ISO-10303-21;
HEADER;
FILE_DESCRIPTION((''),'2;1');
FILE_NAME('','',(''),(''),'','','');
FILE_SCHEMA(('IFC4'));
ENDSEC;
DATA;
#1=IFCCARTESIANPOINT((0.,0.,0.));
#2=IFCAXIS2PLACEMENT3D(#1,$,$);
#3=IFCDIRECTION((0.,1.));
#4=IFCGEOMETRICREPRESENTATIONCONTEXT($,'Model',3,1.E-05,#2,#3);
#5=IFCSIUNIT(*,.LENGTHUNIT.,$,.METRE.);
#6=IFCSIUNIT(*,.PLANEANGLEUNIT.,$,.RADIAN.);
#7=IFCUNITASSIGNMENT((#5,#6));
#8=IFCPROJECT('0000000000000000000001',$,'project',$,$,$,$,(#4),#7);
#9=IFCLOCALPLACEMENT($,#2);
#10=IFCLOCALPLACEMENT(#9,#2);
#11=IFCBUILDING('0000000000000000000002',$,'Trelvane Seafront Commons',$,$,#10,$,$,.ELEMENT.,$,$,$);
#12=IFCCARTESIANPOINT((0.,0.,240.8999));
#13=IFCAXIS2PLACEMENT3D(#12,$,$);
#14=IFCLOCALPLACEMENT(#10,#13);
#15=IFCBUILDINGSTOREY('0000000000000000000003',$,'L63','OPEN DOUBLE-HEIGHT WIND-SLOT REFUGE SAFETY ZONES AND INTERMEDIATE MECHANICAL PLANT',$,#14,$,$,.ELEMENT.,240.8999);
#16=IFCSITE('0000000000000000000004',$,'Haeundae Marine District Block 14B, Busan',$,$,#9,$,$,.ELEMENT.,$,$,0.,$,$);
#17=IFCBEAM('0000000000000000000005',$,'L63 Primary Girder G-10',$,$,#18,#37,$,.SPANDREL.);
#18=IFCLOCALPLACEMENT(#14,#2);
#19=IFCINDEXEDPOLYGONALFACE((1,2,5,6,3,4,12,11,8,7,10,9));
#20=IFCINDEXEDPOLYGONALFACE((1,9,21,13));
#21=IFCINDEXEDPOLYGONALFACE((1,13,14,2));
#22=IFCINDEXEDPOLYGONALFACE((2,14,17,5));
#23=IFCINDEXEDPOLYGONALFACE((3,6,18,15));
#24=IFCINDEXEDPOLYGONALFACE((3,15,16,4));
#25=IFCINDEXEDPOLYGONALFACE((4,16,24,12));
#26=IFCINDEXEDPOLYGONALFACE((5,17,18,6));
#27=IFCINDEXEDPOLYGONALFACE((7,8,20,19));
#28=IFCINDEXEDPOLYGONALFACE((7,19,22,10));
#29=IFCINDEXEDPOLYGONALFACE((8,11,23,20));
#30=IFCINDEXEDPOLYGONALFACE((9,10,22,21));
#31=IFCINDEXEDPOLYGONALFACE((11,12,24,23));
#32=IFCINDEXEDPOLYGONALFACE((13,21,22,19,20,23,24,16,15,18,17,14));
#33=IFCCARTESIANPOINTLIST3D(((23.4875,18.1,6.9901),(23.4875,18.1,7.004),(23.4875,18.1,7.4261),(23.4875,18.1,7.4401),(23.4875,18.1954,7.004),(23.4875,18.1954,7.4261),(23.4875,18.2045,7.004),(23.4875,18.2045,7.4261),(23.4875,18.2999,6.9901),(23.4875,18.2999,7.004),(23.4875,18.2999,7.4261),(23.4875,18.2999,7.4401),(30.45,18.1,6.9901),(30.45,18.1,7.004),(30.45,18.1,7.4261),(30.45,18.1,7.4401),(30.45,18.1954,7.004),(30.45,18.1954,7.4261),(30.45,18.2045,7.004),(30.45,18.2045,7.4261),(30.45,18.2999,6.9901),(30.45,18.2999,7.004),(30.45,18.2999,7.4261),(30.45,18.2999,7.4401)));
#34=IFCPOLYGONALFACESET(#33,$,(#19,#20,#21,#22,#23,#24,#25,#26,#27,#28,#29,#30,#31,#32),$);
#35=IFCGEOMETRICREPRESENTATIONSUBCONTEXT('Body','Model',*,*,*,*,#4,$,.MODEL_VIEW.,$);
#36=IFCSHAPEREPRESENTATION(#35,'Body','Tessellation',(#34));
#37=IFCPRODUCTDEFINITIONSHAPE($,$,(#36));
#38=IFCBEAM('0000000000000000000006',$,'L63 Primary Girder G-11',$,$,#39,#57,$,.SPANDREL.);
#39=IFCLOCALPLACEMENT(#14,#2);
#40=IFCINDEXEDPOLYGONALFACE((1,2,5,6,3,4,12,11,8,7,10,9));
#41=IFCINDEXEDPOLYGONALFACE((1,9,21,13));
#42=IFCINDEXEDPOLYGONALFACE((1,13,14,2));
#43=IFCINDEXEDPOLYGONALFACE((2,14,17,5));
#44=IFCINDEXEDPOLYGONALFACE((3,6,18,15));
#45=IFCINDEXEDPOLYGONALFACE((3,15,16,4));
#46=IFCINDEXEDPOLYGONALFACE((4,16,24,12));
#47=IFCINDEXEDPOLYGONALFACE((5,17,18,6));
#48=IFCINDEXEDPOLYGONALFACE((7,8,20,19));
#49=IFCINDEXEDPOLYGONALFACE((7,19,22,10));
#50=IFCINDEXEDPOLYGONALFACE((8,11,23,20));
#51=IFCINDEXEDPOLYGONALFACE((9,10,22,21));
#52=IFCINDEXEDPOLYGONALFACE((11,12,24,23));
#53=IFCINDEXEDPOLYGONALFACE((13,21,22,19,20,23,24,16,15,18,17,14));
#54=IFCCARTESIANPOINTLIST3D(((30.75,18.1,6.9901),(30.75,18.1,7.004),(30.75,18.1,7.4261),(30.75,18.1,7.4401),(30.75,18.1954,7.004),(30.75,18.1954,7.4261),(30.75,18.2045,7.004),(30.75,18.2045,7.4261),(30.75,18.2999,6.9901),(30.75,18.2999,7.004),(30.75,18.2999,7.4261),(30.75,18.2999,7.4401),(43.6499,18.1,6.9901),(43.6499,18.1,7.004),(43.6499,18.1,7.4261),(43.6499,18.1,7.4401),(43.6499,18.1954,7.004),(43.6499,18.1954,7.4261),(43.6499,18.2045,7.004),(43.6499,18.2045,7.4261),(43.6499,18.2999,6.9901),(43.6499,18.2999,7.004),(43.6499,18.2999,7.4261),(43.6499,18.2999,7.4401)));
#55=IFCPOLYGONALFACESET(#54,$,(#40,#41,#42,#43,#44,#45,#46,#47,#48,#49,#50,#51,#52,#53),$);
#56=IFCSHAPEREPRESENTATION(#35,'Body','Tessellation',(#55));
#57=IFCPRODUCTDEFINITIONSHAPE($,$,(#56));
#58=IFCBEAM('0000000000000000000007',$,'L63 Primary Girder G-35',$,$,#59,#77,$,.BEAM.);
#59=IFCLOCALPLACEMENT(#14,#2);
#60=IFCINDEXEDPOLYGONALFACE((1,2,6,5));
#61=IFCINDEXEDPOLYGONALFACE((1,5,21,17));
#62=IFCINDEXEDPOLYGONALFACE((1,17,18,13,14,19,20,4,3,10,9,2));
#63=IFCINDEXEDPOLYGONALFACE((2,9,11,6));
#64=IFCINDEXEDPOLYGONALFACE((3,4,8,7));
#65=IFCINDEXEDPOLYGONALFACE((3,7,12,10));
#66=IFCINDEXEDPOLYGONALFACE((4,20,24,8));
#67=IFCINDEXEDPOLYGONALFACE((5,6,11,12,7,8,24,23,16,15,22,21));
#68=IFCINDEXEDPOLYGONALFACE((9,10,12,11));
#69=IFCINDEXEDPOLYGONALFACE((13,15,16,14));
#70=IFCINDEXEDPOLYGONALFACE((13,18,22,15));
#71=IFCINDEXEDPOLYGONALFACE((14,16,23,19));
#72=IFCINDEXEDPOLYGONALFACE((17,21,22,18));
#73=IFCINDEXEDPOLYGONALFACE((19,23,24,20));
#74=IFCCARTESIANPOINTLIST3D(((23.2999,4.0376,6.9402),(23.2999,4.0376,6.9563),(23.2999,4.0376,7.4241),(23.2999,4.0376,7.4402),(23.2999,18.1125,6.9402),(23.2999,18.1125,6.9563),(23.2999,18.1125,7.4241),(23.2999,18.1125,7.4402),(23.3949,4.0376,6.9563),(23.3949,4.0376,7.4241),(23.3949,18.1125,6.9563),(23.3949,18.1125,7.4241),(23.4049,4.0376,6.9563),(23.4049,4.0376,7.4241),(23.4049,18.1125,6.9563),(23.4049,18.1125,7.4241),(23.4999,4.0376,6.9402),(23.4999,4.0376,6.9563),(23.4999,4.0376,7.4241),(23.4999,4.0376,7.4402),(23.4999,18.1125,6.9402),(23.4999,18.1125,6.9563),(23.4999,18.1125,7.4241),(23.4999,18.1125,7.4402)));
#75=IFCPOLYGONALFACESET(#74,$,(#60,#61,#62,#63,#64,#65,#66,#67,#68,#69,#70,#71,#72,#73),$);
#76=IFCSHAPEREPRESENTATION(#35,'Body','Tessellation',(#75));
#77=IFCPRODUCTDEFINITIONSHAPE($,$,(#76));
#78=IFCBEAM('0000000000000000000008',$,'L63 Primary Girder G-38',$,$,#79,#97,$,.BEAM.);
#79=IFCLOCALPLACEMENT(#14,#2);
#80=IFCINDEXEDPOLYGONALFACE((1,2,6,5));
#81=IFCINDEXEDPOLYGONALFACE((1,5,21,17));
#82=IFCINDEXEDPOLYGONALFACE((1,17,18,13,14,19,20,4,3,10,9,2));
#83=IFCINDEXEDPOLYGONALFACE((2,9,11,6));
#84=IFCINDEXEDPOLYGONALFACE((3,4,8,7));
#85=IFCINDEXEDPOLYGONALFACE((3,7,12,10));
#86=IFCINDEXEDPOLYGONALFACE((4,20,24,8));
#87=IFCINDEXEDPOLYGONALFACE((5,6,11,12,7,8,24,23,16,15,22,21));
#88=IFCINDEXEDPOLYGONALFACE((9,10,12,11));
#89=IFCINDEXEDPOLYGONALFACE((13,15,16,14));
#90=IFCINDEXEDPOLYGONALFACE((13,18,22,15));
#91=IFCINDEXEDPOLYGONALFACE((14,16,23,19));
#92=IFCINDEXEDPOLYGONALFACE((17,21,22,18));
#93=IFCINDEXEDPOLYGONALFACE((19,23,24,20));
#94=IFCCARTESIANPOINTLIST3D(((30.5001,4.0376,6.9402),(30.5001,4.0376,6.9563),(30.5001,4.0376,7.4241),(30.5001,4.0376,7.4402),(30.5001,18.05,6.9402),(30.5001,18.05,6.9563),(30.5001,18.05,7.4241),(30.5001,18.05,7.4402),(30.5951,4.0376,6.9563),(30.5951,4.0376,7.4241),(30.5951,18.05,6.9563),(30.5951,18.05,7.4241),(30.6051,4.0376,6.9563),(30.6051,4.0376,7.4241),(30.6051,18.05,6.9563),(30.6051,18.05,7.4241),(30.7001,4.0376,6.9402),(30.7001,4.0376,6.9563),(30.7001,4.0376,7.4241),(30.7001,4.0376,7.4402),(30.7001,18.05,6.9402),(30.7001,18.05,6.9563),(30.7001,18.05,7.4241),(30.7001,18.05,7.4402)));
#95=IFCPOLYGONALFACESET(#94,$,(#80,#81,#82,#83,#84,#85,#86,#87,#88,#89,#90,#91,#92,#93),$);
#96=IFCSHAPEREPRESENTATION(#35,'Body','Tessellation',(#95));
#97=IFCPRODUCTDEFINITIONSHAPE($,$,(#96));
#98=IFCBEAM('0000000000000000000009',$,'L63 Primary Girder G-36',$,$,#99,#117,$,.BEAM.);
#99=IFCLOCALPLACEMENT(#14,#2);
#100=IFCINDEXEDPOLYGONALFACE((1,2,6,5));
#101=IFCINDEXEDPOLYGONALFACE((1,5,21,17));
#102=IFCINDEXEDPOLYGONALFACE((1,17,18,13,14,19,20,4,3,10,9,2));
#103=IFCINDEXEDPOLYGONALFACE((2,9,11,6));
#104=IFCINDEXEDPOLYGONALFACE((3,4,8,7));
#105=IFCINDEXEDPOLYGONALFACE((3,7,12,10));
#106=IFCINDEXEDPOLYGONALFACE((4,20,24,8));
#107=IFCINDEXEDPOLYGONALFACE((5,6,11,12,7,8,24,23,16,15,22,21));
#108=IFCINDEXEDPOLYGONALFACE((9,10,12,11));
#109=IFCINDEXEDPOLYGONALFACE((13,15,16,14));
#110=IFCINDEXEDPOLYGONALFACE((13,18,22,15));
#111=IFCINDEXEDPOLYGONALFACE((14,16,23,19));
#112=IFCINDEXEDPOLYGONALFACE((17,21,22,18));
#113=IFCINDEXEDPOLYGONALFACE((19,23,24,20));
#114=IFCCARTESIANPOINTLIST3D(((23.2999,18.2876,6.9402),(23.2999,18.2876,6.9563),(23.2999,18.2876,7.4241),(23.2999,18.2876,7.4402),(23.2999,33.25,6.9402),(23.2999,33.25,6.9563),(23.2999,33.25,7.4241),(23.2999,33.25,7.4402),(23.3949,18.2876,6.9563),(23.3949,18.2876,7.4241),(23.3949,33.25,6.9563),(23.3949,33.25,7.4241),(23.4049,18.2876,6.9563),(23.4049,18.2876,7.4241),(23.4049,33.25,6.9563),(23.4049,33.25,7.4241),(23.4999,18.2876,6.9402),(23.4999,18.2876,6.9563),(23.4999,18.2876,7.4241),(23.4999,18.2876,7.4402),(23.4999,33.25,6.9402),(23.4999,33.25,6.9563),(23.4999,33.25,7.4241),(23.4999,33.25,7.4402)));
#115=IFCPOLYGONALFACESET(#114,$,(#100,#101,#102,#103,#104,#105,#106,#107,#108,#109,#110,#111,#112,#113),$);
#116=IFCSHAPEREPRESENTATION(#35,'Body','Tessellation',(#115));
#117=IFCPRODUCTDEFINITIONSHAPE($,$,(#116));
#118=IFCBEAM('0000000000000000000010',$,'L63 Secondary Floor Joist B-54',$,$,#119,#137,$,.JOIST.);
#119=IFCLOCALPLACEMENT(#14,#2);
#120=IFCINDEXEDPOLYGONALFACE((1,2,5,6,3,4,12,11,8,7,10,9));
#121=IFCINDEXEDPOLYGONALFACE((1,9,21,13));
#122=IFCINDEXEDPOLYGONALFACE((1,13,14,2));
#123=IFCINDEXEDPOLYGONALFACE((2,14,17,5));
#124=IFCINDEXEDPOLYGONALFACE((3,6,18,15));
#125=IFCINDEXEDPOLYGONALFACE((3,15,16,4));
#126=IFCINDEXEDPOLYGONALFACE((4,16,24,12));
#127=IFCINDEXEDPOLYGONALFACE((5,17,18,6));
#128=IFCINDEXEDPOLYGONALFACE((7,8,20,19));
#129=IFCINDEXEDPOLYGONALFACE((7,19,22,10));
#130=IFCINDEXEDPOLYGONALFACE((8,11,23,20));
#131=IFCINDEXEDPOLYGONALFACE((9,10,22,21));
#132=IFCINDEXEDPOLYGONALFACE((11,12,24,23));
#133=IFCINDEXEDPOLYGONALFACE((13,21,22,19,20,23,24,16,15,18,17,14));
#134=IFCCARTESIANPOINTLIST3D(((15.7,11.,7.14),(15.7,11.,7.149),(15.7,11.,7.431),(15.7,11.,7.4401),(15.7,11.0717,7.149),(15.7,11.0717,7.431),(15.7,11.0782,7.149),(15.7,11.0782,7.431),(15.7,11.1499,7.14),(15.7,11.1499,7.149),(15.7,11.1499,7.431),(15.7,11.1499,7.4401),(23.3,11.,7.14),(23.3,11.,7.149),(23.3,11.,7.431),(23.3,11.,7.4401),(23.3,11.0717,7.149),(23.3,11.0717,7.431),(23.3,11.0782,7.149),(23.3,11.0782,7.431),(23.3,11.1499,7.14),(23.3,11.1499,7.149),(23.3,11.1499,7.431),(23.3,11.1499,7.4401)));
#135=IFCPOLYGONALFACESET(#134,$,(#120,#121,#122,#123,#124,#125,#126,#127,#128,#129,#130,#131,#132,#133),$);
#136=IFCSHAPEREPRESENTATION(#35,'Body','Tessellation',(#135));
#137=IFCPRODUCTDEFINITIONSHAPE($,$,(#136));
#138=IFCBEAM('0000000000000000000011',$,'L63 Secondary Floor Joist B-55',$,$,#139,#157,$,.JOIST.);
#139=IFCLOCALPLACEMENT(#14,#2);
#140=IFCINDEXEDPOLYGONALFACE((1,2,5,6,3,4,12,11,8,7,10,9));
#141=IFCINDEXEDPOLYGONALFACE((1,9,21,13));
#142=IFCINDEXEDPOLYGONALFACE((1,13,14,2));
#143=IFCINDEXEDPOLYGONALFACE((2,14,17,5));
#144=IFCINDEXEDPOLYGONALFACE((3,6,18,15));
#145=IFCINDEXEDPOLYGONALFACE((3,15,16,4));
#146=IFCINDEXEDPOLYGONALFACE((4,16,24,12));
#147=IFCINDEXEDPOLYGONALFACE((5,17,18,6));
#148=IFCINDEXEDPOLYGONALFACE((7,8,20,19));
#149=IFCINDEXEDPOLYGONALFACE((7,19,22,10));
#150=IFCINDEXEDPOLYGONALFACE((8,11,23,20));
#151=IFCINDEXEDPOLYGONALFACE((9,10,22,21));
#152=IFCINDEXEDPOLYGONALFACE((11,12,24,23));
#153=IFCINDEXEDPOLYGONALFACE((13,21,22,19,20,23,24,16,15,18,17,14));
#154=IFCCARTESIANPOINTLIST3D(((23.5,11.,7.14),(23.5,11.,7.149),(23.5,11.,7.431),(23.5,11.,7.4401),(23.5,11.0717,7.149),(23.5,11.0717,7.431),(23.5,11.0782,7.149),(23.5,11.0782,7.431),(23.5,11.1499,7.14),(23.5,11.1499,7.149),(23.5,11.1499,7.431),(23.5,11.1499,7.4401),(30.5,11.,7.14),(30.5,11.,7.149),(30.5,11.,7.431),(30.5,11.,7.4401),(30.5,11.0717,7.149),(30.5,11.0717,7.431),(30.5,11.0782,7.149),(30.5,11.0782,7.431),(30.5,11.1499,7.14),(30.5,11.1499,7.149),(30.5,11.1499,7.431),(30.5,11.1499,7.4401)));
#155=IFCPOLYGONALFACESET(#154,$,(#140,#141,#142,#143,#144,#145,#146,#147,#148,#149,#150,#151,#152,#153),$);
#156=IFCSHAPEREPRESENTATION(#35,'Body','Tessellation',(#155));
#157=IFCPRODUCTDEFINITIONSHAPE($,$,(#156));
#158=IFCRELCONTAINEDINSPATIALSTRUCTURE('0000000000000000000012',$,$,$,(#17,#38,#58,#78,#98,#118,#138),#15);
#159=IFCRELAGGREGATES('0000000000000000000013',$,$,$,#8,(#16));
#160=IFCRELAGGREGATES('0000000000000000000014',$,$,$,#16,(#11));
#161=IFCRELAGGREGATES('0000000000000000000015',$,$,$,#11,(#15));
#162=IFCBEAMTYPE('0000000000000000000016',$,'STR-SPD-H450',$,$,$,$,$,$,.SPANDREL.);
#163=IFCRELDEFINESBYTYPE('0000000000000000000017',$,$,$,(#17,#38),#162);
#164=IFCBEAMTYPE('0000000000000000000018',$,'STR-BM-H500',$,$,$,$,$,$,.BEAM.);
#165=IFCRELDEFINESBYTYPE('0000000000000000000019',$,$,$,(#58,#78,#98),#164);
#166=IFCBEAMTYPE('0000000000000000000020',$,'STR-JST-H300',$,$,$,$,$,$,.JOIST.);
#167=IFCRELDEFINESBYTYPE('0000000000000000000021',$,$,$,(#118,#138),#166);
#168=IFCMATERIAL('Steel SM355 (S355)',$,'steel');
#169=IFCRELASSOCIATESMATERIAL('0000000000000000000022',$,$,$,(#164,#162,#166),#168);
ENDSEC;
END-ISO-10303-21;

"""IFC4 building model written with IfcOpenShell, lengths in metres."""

from ifc_helpers import new_model, si_unit, direction, frame, origin, origin_2d, place, context, subcontext, project, spatial, i_section, extrude, source, transform, mapped, material, material_profile, profile_set, type_object, element, save


model = new_model("IFC4")

# Units and contexts
model_context = context("Model", 3, precision=1e-05, world=origin(), true_north=direction((0.0, 1.0)))
body_context = subcontext(model_context, "Body", "Model", "MODEL_VIEW")
ifc_project = project(units=[si_unit("LENGTHUNIT", "METRE"), si_unit("PLANEANGLEUNIT", "RADIAN")], contexts=[model_context])

# Site, building, storey
site_placement = place(None, origin())
site = spatial("IfcSite", under=ifc_project, at=site_placement, Name="Haeundae Marine District Block 14B, Busan", CompositionType="ELEMENT", RefElevation=0.0)
building_placement = place(site_placement, origin())
building = spatial("IfcBuilding", under=site, at=building_placement, Name="Trelvane Seafront Commons", CompositionType="ELEMENT")
storey_placement = place(building_placement, frame((0.0, 0.0, 240.8999)))
storey = spatial("IfcBuildingStorey", under=building, at=storey_placement, Name="L63", Description="OPEN DOUBLE-HEIGHT WIND-SLOT REFUGE SAFETY ZONES AND INTERMEDIATE MECHANICAL PLANT", CompositionType="ELEMENT", Elevation=240.8999)

# Shared definitions
ifc_material_1 = material(Name="Steel SM355 (S355)", Category="steel")

# Beams
ifc_material_profile_1 = material_profile(ifc_material_1, i_section(OverallWidth=0.2, OverallDepth=0.5, WebThickness=0.01, FlangeThickness=0.0161, at=origin_2d()), Name="H-500x200x10x16")
ifc_profile_set_1 = profile_set([ifc_material_profile_1], Name="Steel SM355 (S355)")
beam_type_1 = type_object("IfcBeamType", Name="STR-BM-H500", PredefinedType="BEAM", material=ifc_profile_set_1)
ifc_material_profile_2 = material_profile(ifc_material_1, i_section(OverallWidth=0.2, OverallDepth=0.45, WebThickness=0.009, FlangeThickness=0.0139, at=origin_2d()), Name="H-450x200x9x14")
ifc_profile_set_2 = profile_set([ifc_material_profile_2], Name="Steel SM355 (S355)")
beam_type_2 = type_object("IfcBeamType", Name="STR-SPD-H450", PredefinedType="SPANDREL", material=ifc_profile_set_2)
shared_shape_1 = source(origin(), body_context, "Body", "SweptSolid", [
    extrude(i_section(OverallWidth=0.2, OverallDepth=0.45, WebThickness=0.009, FlangeThickness=0.0139, at=origin_2d()), origin(), (0.0, 0.0, 1.0), 6.9624),
])
beam_1_placement = place(storey_placement, frame((23.4875, 18.2, 7.2151), z_axis=(1.0, 0.0, 0.0), x_axis=(0.0, 1.0, 0.0)))
element("IfcBeam", 1, at=beam_1_placement, inside=storey, type_object=beam_type_2, Name="L63 Primary Girder G-10", PredefinedType="SPANDREL", context=body_context, shape_type="MappedRepresentation", body=[
    mapped(shared_shape_1, transform((0.0, 0.0, 0.0), x_axis=(1.0, 0.0, 0.0), y_axis=(0.0, 1.0, 0.0), z_axis=(0.0, 0.0, 1.0), scale=1.0)),
])
shared_shape_2 = source(origin(), body_context, "Body", "SweptSolid", [
    extrude(i_section(OverallWidth=0.2, OverallDepth=0.45, WebThickness=0.009, FlangeThickness=0.0139, at=origin_2d()), origin(), (0.0, 0.0, 1.0), 12.8999),
])
beam_2_placement = place(storey_placement, frame((30.75, 18.2, 7.2151), z_axis=(1.0, 0.0, 0.0), x_axis=(0.0, 1.0, 0.0)))
element("IfcBeam", 2, at=beam_2_placement, inside=storey, type_object=beam_type_2, Name="L63 Primary Girder G-11", PredefinedType="SPANDREL", context=body_context, shape_type="MappedRepresentation", body=[
    mapped(shared_shape_2, transform((0.0, 0.0, 0.0), x_axis=(1.0, 0.0, 0.0), y_axis=(0.0, 1.0, 0.0), z_axis=(0.0, 0.0, 1.0), scale=1.0)),
])
shared_shape_3 = source(origin(), body_context, "Body", "SweptSolid", [
    extrude(i_section(OverallWidth=0.2, OverallDepth=0.5, WebThickness=0.01, FlangeThickness=0.0161, at=origin_2d()), origin(), (0.0, 0.0, 1.0), 14.075),
])
beam_3_placement = place(storey_placement, frame((23.3999, 4.0376, 7.1902), z_axis=(0.0, 1.0, 0.0), x_axis=(-1.0, 0.0, 0.0)))
element("IfcBeam", 3, at=beam_3_placement, inside=storey, type_object=beam_type_1, Name="L63 Primary Girder G-35", PredefinedType="BEAM", context=body_context, shape_type="MappedRepresentation", body=[
    mapped(shared_shape_3, transform((0.0, 0.0, 0.0), x_axis=(1.0, 0.0, 0.0), y_axis=(0.0, 1.0, 0.0), z_axis=(0.0, 0.0, 1.0), scale=1.0)),
])
shared_shape_4 = source(origin(), body_context, "Body", "SweptSolid", [
    extrude(i_section(OverallWidth=0.2, OverallDepth=0.5, WebThickness=0.01, FlangeThickness=0.0161, at=origin_2d()), origin(), (0.0, 0.0, 1.0), 14.0125),
])
beam_4_placement = place(storey_placement, frame((30.6001, 4.0376, 7.1902), z_axis=(0.0, 1.0, 0.0), x_axis=(-1.0, 0.0, 0.0)))
element("IfcBeam", 4, at=beam_4_placement, inside=storey, type_object=beam_type_1, Name="L63 Primary Girder G-38", PredefinedType="BEAM", context=body_context, shape_type="MappedRepresentation", body=[
    mapped(shared_shape_4, transform((0.0, 0.0, 0.0), x_axis=(1.0, 0.0, 0.0), y_axis=(0.0, 1.0, 0.0), z_axis=(0.0, 0.0, 1.0), scale=1.0)),
])
shared_shape_5 = source(origin(), body_context, "Body", "SweptSolid", [
    extrude(i_section(OverallWidth=0.2, OverallDepth=0.5, WebThickness=0.01, FlangeThickness=0.0161, at=origin_2d()), origin(), (0.0, 0.0, 1.0), 14.9624),
])
beam_5_placement = place(storey_placement, frame((23.3999, 18.2876, 7.1902), z_axis=(0.0, 1.0, 0.0), x_axis=(-1.0, 0.0, 0.0)))
element("IfcBeam", 5, at=beam_5_placement, inside=storey, type_object=beam_type_1, Name="L63 Primary Girder G-36", PredefinedType="BEAM", context=body_context, shape_type="MappedRepresentation", body=[
    mapped(shared_shape_5, transform((0.0, 0.0, 0.0), x_axis=(1.0, 0.0, 0.0), y_axis=(0.0, 1.0, 0.0), z_axis=(0.0, 0.0, 1.0), scale=1.0)),
])
ifc_material_profile_3 = material_profile(ifc_material_1, i_section(OverallWidth=0.1499, OverallDepth=0.3, WebThickness=0.0066, FlangeThickness=0.009, at=origin_2d()), Name="H-300x150x6.5x9")
ifc_profile_set_3 = profile_set([ifc_material_profile_3], Name="Steel SM355 (S355)")
beam_type_3 = type_object("IfcBeamType", Name="STR-JST-H300", PredefinedType="JOIST", material=ifc_profile_set_3)
shared_shape_6 = source(origin(), body_context, "Body", "SweptSolid", [
    extrude(i_section(OverallWidth=0.1499, OverallDepth=0.3, WebThickness=0.0066, FlangeThickness=0.009, at=origin_2d()), origin(), (0.0, 0.0, 1.0), 7.6001),
])
beam_6_placement = place(storey_placement, frame((15.7, 11.075, 7.29), z_axis=(1.0, 0.0, 0.0), x_axis=(0.0, 1.0, 0.0)))
element("IfcBeam", 6, at=beam_6_placement, inside=storey, type_object=beam_type_3, Name="L63 Secondary Floor Joist B-54", PredefinedType="JOIST", context=body_context, shape_type="MappedRepresentation", body=[
    mapped(shared_shape_6, transform((0.0, 0.0, 0.0), x_axis=(1.0, 0.0, 0.0), y_axis=(0.0, 1.0, 0.0), z_axis=(0.0, 0.0, 1.0), scale=1.0)),
])
shared_shape_7 = source(origin(), body_context, "Body", "SweptSolid", [
    extrude(i_section(OverallWidth=0.1499, OverallDepth=0.3, WebThickness=0.0066, FlangeThickness=0.009, at=origin_2d()), origin(), (0.0, 0.0, 1.0), 7.0),
])
beam_7_placement = place(storey_placement, frame((23.5, 11.075, 7.29), z_axis=(1.0, 0.0, 0.0), x_axis=(0.0, 1.0, 0.0)))
element("IfcBeam", 7, at=beam_7_placement, inside=storey, type_object=beam_type_3, Name="L63 Secondary Floor Joist B-55", PredefinedType="JOIST", context=body_context, shape_type="MappedRepresentation", body=[
    mapped(shared_shape_7, transform((0.0, 0.0, 0.0), x_axis=(1.0, 0.0, 0.0), y_axis=(0.0, 1.0, 0.0), z_axis=(0.0, 0.0, 1.0), scale=1.0)),
])

save(model, "model.ifc")
